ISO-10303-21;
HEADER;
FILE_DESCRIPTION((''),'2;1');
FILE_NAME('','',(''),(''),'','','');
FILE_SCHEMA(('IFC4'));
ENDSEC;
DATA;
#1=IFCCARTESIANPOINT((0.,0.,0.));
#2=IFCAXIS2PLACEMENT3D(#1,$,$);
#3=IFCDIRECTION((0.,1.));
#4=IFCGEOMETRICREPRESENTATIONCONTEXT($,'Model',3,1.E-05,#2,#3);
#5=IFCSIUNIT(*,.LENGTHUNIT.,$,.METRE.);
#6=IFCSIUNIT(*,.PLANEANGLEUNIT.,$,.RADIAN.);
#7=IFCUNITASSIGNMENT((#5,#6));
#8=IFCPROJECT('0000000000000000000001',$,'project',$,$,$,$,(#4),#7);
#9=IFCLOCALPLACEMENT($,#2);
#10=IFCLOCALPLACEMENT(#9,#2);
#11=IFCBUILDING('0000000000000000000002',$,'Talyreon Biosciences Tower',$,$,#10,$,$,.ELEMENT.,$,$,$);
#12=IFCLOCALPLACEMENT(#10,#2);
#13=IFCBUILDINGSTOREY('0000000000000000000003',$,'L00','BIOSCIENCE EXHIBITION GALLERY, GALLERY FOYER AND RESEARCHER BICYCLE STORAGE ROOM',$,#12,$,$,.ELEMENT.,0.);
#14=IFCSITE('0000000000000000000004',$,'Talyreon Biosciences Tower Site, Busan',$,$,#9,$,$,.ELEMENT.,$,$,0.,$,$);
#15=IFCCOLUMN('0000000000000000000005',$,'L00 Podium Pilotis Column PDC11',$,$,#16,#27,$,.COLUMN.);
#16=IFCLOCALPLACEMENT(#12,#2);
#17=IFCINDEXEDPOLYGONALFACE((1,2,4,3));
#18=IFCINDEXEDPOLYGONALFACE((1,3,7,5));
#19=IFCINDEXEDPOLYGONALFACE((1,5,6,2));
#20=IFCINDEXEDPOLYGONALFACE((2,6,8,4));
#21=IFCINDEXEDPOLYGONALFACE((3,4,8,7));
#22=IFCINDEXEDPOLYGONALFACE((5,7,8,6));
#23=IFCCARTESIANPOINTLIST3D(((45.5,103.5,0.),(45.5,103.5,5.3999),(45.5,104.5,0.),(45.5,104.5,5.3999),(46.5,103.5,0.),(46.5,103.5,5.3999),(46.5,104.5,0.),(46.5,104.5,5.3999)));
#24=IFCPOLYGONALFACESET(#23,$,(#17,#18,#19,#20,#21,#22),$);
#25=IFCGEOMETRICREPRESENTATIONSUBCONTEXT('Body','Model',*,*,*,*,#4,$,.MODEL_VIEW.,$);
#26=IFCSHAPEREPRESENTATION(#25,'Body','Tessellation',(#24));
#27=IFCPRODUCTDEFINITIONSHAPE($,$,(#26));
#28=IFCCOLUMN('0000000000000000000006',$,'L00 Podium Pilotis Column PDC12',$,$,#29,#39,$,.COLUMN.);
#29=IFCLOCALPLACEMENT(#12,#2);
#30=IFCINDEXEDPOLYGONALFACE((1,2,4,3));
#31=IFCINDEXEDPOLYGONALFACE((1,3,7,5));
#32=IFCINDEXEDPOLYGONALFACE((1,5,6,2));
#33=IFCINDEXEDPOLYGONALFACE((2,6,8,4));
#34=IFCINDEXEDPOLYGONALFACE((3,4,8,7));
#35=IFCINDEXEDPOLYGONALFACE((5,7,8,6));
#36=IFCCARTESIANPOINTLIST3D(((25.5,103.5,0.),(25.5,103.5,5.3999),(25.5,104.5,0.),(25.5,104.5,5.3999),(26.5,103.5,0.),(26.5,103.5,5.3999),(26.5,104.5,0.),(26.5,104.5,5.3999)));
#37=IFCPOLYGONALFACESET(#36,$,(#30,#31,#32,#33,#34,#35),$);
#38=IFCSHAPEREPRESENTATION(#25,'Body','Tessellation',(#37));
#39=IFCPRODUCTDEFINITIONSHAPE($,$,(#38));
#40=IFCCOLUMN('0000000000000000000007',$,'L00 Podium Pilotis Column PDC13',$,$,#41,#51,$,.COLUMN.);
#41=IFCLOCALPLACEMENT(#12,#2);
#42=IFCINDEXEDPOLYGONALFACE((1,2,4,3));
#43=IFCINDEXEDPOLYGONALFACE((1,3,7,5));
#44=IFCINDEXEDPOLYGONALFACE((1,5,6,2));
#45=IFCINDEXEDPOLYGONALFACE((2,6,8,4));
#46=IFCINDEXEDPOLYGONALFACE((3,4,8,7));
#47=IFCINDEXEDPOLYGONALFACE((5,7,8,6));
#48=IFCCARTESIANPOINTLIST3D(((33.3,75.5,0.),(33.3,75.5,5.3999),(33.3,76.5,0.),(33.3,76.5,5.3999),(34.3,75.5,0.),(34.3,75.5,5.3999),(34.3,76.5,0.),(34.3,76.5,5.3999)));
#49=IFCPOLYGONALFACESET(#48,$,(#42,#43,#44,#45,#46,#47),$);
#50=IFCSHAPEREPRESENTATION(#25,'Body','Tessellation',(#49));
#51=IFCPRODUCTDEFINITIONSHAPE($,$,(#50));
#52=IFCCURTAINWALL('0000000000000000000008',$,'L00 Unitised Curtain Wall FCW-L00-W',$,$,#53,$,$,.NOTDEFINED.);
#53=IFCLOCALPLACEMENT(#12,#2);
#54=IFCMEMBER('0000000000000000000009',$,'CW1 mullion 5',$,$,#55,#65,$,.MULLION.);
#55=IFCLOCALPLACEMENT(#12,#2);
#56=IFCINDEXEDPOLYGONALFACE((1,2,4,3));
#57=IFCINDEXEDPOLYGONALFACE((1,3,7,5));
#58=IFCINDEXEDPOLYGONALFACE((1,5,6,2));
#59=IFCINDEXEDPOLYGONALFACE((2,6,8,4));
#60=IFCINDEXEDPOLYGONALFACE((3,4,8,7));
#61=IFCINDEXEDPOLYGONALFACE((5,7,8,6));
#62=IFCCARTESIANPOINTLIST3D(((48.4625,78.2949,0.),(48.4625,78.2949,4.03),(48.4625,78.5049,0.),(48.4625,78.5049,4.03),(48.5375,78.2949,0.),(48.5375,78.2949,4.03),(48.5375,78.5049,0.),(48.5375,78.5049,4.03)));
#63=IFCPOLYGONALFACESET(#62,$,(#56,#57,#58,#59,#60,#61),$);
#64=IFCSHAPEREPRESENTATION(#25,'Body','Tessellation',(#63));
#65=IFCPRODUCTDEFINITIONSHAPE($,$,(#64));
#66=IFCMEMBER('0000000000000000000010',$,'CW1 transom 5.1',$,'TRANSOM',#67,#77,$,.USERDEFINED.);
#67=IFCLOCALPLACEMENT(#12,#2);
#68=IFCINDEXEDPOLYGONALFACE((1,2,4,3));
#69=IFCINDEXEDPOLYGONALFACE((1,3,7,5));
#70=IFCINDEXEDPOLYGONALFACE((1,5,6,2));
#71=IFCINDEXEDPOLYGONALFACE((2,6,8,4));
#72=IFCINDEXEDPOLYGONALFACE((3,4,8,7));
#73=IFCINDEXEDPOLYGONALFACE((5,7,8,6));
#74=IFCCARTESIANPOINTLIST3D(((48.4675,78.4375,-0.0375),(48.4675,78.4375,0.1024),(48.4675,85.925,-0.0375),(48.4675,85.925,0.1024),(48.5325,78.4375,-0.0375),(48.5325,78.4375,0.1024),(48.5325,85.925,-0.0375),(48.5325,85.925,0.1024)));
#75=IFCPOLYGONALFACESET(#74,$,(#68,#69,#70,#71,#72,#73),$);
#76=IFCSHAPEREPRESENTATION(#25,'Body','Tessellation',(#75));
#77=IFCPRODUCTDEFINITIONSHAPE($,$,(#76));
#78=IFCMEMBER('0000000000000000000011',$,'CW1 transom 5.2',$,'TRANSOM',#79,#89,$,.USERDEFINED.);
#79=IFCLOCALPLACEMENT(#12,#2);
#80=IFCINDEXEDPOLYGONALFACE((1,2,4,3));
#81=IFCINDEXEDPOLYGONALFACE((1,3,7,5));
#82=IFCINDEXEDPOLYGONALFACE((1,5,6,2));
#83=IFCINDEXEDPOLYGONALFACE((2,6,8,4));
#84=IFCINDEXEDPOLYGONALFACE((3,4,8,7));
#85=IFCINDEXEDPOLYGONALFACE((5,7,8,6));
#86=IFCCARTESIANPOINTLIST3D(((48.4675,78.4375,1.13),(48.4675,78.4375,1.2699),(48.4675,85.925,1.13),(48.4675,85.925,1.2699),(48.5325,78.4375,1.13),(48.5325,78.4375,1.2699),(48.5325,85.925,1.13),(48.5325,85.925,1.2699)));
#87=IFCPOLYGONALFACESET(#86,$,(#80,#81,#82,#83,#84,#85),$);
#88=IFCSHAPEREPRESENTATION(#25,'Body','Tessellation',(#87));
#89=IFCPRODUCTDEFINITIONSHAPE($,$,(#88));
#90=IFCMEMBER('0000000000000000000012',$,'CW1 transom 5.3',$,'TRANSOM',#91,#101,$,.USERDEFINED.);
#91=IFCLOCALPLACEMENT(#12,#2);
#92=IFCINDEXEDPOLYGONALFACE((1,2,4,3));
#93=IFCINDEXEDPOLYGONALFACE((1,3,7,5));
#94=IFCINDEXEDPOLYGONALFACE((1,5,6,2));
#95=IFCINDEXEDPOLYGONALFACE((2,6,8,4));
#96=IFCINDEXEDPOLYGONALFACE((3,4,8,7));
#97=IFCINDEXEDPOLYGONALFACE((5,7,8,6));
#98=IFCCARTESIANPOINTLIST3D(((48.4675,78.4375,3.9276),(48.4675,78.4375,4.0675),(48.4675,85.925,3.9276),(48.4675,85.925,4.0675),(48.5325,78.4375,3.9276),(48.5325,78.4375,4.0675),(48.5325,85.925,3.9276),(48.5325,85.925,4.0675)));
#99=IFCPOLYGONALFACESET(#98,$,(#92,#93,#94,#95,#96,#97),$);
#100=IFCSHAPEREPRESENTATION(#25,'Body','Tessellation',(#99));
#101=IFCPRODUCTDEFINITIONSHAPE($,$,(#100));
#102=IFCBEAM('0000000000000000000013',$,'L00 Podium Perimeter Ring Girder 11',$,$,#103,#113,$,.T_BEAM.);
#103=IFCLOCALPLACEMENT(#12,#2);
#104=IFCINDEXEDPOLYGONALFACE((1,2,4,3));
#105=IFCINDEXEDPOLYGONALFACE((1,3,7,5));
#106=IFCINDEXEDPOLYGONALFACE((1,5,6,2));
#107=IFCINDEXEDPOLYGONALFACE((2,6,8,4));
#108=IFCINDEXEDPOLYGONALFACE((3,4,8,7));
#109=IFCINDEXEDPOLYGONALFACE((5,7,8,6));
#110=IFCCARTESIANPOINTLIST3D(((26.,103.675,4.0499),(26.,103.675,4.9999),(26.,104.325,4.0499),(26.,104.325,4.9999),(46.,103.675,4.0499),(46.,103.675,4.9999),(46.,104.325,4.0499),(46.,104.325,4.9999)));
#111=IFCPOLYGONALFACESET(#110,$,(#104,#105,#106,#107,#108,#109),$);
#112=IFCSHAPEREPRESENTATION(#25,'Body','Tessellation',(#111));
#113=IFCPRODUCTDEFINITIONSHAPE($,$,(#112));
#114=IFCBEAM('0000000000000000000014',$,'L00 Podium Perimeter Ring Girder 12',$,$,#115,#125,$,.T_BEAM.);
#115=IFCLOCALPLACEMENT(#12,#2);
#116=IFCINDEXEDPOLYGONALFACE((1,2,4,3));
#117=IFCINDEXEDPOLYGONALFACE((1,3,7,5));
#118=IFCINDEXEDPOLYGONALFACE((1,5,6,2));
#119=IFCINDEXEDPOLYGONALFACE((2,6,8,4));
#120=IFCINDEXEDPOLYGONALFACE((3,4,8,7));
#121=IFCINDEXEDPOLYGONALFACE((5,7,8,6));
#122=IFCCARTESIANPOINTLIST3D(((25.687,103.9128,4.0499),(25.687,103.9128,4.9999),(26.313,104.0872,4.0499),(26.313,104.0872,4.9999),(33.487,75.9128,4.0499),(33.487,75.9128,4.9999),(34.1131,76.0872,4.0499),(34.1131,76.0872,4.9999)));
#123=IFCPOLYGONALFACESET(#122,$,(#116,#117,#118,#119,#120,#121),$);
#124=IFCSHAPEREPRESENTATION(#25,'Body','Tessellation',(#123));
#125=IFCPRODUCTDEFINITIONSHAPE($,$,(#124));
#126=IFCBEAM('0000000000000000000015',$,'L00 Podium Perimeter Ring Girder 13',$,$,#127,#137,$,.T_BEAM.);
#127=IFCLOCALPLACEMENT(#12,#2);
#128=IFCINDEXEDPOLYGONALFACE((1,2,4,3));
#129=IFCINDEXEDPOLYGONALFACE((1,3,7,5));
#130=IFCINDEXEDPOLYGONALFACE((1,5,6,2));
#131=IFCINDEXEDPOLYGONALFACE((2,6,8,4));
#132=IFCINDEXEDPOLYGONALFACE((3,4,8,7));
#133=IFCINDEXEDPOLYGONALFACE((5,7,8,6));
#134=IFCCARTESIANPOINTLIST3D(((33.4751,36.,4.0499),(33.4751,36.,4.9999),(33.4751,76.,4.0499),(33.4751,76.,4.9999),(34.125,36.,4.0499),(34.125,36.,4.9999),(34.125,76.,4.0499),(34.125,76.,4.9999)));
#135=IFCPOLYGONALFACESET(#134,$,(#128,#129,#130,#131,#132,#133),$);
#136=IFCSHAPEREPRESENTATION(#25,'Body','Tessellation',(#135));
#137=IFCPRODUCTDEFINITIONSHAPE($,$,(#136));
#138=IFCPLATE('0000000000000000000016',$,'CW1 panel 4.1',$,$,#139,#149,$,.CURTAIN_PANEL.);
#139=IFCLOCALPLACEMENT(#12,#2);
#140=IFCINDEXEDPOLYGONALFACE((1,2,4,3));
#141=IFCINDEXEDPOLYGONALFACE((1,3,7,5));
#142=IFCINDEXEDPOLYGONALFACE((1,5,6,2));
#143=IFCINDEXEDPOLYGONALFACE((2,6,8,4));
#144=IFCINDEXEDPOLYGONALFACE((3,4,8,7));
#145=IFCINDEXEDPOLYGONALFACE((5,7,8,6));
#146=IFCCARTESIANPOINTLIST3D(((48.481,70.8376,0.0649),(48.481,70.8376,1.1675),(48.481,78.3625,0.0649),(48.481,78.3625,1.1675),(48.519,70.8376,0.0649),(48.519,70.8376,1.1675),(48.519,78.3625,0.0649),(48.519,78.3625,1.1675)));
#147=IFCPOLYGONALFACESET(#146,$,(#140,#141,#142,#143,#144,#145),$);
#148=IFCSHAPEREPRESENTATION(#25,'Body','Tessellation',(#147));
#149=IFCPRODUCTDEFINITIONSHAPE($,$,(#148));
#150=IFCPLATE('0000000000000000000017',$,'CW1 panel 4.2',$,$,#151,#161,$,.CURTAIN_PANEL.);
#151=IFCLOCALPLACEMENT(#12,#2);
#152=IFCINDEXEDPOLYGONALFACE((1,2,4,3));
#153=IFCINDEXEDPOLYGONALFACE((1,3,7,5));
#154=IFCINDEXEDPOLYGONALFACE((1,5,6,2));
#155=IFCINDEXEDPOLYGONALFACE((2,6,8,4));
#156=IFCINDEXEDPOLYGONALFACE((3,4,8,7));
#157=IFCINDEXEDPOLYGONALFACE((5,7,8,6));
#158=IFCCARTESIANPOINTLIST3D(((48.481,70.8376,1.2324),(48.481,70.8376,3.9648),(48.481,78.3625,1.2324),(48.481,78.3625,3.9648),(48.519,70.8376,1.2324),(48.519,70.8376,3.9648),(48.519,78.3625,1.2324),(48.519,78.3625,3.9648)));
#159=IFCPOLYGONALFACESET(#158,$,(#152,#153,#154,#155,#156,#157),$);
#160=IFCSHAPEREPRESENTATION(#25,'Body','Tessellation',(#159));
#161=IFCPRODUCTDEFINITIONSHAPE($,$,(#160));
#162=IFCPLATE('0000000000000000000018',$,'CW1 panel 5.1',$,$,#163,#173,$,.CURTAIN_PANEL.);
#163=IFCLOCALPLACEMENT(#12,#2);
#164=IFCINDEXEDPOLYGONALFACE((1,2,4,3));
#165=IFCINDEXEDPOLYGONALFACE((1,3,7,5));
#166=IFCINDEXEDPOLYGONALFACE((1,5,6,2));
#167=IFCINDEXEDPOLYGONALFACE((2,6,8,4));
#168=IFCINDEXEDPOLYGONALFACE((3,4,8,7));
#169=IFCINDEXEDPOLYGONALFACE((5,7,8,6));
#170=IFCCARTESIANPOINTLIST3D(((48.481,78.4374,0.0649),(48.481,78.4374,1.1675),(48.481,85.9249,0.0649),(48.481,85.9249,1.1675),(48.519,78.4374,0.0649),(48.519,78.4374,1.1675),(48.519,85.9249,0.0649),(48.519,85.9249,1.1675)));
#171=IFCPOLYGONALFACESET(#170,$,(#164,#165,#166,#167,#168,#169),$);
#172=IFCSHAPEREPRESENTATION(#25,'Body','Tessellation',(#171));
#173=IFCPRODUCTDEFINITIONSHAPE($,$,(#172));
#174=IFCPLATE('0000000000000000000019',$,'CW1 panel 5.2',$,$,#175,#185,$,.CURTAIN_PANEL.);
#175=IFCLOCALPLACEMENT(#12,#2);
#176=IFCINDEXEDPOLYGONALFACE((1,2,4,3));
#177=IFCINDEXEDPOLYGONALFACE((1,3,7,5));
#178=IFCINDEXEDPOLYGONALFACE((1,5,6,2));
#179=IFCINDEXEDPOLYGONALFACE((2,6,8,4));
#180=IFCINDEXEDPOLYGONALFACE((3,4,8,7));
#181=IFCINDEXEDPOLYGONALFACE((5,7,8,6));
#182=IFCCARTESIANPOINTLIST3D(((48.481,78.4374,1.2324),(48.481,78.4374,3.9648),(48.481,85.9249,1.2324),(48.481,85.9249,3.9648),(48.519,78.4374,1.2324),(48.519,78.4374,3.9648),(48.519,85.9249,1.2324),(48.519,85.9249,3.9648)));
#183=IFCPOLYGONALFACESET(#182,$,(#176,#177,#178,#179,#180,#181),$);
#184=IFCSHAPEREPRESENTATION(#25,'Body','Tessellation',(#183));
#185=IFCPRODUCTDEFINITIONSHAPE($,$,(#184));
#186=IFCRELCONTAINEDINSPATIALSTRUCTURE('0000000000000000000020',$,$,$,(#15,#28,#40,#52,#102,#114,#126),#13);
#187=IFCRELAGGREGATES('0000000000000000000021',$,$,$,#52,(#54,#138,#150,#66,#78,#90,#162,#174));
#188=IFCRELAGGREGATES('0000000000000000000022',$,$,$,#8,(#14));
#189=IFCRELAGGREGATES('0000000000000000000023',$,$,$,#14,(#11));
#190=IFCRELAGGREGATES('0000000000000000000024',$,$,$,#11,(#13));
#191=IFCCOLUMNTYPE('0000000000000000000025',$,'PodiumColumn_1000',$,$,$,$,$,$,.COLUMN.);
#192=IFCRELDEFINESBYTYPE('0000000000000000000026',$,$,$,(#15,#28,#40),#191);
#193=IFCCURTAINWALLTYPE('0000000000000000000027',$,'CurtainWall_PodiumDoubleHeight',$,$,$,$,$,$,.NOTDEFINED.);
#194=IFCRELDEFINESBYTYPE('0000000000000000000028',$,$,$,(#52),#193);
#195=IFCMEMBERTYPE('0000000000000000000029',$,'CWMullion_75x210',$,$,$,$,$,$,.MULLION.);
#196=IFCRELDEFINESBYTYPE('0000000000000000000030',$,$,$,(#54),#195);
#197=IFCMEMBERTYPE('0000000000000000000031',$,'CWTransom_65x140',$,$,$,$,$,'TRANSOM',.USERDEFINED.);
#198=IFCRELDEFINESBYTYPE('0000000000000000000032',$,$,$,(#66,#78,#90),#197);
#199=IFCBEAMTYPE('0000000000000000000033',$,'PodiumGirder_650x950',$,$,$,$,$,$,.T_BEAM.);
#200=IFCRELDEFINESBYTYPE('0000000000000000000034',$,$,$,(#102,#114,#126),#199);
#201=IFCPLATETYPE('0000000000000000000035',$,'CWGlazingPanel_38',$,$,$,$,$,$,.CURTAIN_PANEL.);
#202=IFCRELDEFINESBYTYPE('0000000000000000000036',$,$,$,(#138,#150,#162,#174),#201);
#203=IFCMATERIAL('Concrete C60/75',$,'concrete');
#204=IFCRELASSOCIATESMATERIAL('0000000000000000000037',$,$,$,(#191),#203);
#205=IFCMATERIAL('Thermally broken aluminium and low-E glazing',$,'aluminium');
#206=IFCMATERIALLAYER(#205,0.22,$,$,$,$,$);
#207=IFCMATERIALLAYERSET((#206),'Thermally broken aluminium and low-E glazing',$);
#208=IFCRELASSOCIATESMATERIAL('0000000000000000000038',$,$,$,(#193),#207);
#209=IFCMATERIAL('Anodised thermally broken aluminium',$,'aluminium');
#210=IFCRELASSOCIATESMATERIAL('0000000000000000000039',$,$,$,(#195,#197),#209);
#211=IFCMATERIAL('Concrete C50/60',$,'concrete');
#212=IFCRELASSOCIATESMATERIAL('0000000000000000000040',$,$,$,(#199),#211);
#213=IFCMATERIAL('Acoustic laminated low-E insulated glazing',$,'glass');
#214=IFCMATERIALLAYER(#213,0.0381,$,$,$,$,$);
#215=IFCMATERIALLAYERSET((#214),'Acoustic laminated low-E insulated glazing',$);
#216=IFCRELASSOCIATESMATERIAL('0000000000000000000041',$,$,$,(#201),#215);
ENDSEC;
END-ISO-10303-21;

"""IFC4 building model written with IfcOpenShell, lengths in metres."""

from ifc_helpers import new_model, si_unit, direction, frame, origin, origin_2d, place, context, subcontext, project, spatial, rectangle, extrude, material, layer, layer_set, material_profile, profile_set, type_object, element, aggregate, save


model = new_model("IFC4")

# Units and contexts
model_context = context("Model", 3, precision=1e-05, world=origin(), true_north=direction((0.0, 1.0)))
body_context = subcontext(model_context, "Body", "Model", "MODEL_VIEW")
ifc_project = project(units=[si_unit("LENGTHUNIT", "METRE"), si_unit("PLANEANGLEUNIT", "RADIAN")], contexts=[model_context])

# Site, building, storey
site_placement = place(None, origin())
site = spatial("IfcSite", under=ifc_project, at=site_placement, Name="Talyreon Biosciences Tower Site, Busan", CompositionType="ELEMENT", RefElevation=0.0)
building_placement = place(site_placement, origin())
building = spatial("IfcBuilding", under=site, at=building_placement, Name="Talyreon Biosciences Tower", CompositionType="ELEMENT")
storey_placement = place(building_placement, origin())
storey = spatial("IfcBuildingStorey", under=building, at=storey_placement, Name="L00", Description="BIOSCIENCE EXHIBITION GALLERY, GALLERY FOYER AND RESEARCHER BICYCLE STORAGE ROOM", CompositionType="ELEMENT", Elevation=0.0)

# Columns
ifc_material_1 = material(Name="Concrete C60/75", Category="concrete")
ifc_material_profile_1 = material_profile(ifc_material_1, rectangle(XDim=1.0, YDim=1.0, at=origin_2d()), Name="RC 1000x1000")
ifc_profile_set_1 = profile_set([ifc_material_profile_1], Name="Concrete C60/75")
column_type = type_object("IfcColumnType", Name="PodiumColumn_1000", PredefinedType="COLUMN", material=ifc_profile_set_1)
for number, where, z_axis, x_axis, name in (
    (1, (46.0, 104.0, 0.0), (0.0, 0.0, 1.0), (1.0, 0.0, 0.0), "L00 Podium Pilotis Column PDC11"),
    (2, (26.0, 104.0, 0.0), (0.0, 0.0, 1.0), (1.0, 0.0, 0.0), "L00 Podium Pilotis Column PDC12"),
    (3, (33.8, 76.0, 0.0), (0.0, 0.0, 1.0), (1.0, 0.0, 0.0), "L00 Podium Pilotis Column PDC13"),
):
    element("IfcColumn", number, at=place(storey_placement, frame(where, z_axis=z_axis, x_axis=x_axis)), inside=storey, type_object=column_type, Name=name, PredefinedType="COLUMN", context=body_context, shape_type="SweptSolid", body=[
        extrude(rectangle(XDim=1.0, YDim=1.0, at=origin_2d()), origin(), (0.0, 0.0, 1.0), 5.3999),
    ])

# Curtain wall, members
ifc_material_2 = material(Name="Thermally broken aluminium and low-E glazing", Category="aluminium")
ifc_layer_1 = layer(ifc_material_2, 0.22)
ifc_layer_set_1 = layer_set([ifc_layer_1], Name="Thermally broken aluminium and low-E glazing")
curtain_wall_type = type_object("IfcCurtainWallType", Name="CurtainWall_PodiumDoubleHeight", PredefinedType="NOTDEFINED", material=ifc_layer_set_1)
curtain_wall_placement = place(storey_placement, origin())
curtain_wall = element("IfcCurtainWall", 4, at=curtain_wall_placement, inside=storey, type_object=curtain_wall_type, Name="L00 Unitised Curtain Wall FCW-L00-W", PredefinedType="NOTDEFINED")
ifc_material_3 = material(Name="Anodised thermally broken aluminium", Category="aluminium")
ifc_material_profile_2 = material_profile(ifc_material_3, rectangle(XDim=0.075, YDim=0.21, at=origin_2d()), Name="ALUM MULLION 75x210")
ifc_profile_set_2 = profile_set([ifc_material_profile_2], Name="Anodised thermally broken aluminium")
member_type_1 = type_object("IfcMemberType", Name="CWMullion_75x210", PredefinedType="MULLION", material=ifc_profile_set_2)
member_1_placement = place(storey_placement, frame((48.5, 78.3999, 0.0), z_axis=(0.0, 0.0, 1.0), x_axis=(-1.0, 0.0, 0.0)))
member_1 = element("IfcMember", 5, at=member_1_placement, type_object=member_type_1, Name="CW1 mullion 5", PredefinedType="MULLION", context=body_context, shape_type="SweptSolid", body=[
    extrude(rectangle(XDim=0.075, YDim=0.21, at=origin_2d()), origin(), (0.0, 0.0, 1.0), 4.03),
])
ifc_material_profile_3 = material_profile(ifc_material_3, rectangle(XDim=0.0649, YDim=0.1399, at=origin_2d()), Name="ALUM TRANSOM 65x140")
ifc_profile_set_3 = profile_set([ifc_material_profile_3], Name="Anodised thermally broken aluminium")
member_type_2 = type_object("IfcMemberType", Name="CWTransom_65x140", ElementType="TRANSOM", PredefinedType="USERDEFINED", material=ifc_profile_set_3)
member_2_placement = place(storey_placement, frame((48.5, 78.4375, 0.0325), z_axis=(0.0, 1.0, 0.0), x_axis=(-1.0, 0.0, 0.0)))
member_2 = element("IfcMember", 6, at=member_2_placement, type_object=member_type_2, Name="CW1 transom 5.1", ObjectType="TRANSOM", PredefinedType="USERDEFINED", context=body_context, shape_type="SweptSolid", body=[
    extrude(rectangle(XDim=0.0649, YDim=0.1399, at=origin_2d()), origin(), (0.0, 0.0, 1.0), 7.4875),
])
member_3_placement = place(storey_placement, frame((48.5, 78.4375, 1.2), z_axis=(0.0, 1.0, 0.0), x_axis=(-1.0, 0.0, 0.0)))
member_3 = element("IfcMember", 7, at=member_3_placement, type_object=member_type_2, Name="CW1 transom 5.2", ObjectType="TRANSOM", PredefinedType="USERDEFINED", context=body_context, shape_type="SweptSolid", body=[
    extrude(rectangle(XDim=0.0649, YDim=0.1399, at=origin_2d()), origin(), (0.0, 0.0, 1.0), 7.4875),
])
member_4_placement = place(storey_placement, frame((48.5, 78.4375, 3.9976), z_axis=(0.0, 1.0, 0.0), x_axis=(-1.0, 0.0, 0.0)))
member_4 = element("IfcMember", 8, at=member_4_placement, type_object=member_type_2, Name="CW1 transom 5.3", ObjectType="TRANSOM", PredefinedType="USERDEFINED", context=body_context, shape_type="SweptSolid", body=[
    extrude(rectangle(XDim=0.0649, YDim=0.1399, at=origin_2d()), origin(), (0.0, 0.0, 1.0), 7.4875),
])

# Beams
ifc_material_4 = material(Name="Concrete C50/60", Category="concrete")
ifc_material_profile_4 = material_profile(ifc_material_4, rectangle(XDim=0.6499, YDim=0.95, at=origin_2d()), Name="RCB 650x950")
ifc_profile_set_4 = profile_set([ifc_material_profile_4], Name="Concrete C50/60")
beam_type = type_object("IfcBeamType", Name="PodiumGirder_650x950", PredefinedType="T_BEAM", material=ifc_profile_set_4)
beam_1_placement = place(storey_placement, frame((46.0, 104.0, 4.5249), z_axis=(-1.0, 0.0, 0.0), x_axis=(0.0, -1.0, 0.0)))
element("IfcBeam", 9, at=beam_1_placement, inside=storey, type_object=beam_type, Name="L00 Podium Perimeter Ring Girder 11", PredefinedType="T_BEAM", context=body_context, shape_type="SweptSolid", body=[
    extrude(rectangle(XDim=0.6499, YDim=0.95, at=origin_2d()), origin(), (0.0, 0.0, 1.0), 20.0),
])
beam_2_placement = place(storey_placement, frame((26.0, 104.0, 4.5249), z_axis=(0.268355, -0.96332, 0.0), x_axis=(0.96332, 0.268355, 0.0)))
element("IfcBeam", 10, at=beam_2_placement, inside=storey, type_object=beam_type, Name="L00 Podium Perimeter Ring Girder 12", PredefinedType="T_BEAM", context=body_context, shape_type="SweptSolid", body=[
    extrude(rectangle(XDim=0.6499, YDim=0.95, at=origin_2d()), origin(), (0.0, 0.0, 1.0), 29.0662),
])
beam_3_placement = place(storey_placement, frame((33.8, 76.0, 4.5249), z_axis=(0.0, -1.0, 0.0), x_axis=(1.0, 0.0, 0.0)))
element("IfcBeam", 11, at=beam_3_placement, inside=storey, type_object=beam_type, Name="L00 Podium Perimeter Ring Girder 13", PredefinedType="T_BEAM", context=body_context, shape_type="SweptSolid", body=[
    extrude(rectangle(XDim=0.6499, YDim=0.95, at=origin_2d()), origin(), (0.0, 0.0, 1.0), 40.0),
])

# Plates
ifc_material_5 = material(Name="Acoustic laminated low-E insulated glazing", Category="glass")
ifc_layer_2 = layer(ifc_material_5, 0.0381)
ifc_layer_set_2 = layer_set([ifc_layer_2], Name="Acoustic laminated low-E insulated glazing")
plate_type = type_object("IfcPlateType", Name="CWGlazingPanel_38", PredefinedType="CURTAIN_PANEL", material=ifc_layer_set_2)
plate_1_placement = place(storey_placement, frame((48.5, 74.6001, 0.0649), z_axis=(0.0, 0.0, 1.0), x_axis=(0.0, 1.0, 0.0)))
plate_1 = element("IfcPlate", 12, at=plate_1_placement, type_object=plate_type, Name="CW1 panel 4.1", PredefinedType="CURTAIN_PANEL", context=body_context, shape_type="SweptSolid", body=[
    extrude(rectangle(XDim=7.5249, YDim=0.0381, at=origin_2d()), origin(), (0.0, 0.0, 1.0), 1.1025),
])
plate_2_placement = place(storey_placement, frame((48.5, 74.6001, 1.2324), z_axis=(0.0, 0.0, 1.0), x_axis=(0.0, 1.0, 0.0)))
plate_2 = element("IfcPlate", 13, at=plate_2_placement, type_object=plate_type, Name="CW1 panel 4.2", PredefinedType="CURTAIN_PANEL", context=body_context, shape_type="SweptSolid", body=[
    extrude(rectangle(XDim=7.5249, YDim=0.0381, at=origin_2d()), origin(), (0.0, 0.0, 1.0), 2.7324),
])
plate_3_placement = place(storey_placement, frame((48.5, 82.1812, 0.0649), z_axis=(0.0, 0.0, 1.0), x_axis=(0.0, 1.0, 0.0)))
plate_3 = element("IfcPlate", 14, at=plate_3_placement, type_object=plate_type, Name="CW1 panel 5.1", PredefinedType="CURTAIN_PANEL", context=body_context, shape_type="SweptSolid", body=[
    extrude(rectangle(XDim=7.4875, YDim=0.0381, at=origin_2d()), origin(), (0.0, 0.0, 1.0), 1.1025),
])
plate_4_placement = place(storey_placement, frame((48.5, 82.1812, 1.2324), z_axis=(0.0, 0.0, 1.0), x_axis=(0.0, 1.0, 0.0)))
plate_4 = element("IfcPlate", 15, at=plate_4_placement, type_object=plate_type, Name="CW1 panel 5.2", PredefinedType="CURTAIN_PANEL", context=body_context, shape_type="SweptSolid", body=[
    extrude(rectangle(XDim=7.4875, YDim=0.0381, at=origin_2d()), origin(), (0.0, 0.0, 1.0), 2.7324),
])
aggregate(curtain_wall, [member_1, plate_1, plate_2, member_2, member_3, member_4, plate_3, plate_4])

save(model, "model.ifc")
